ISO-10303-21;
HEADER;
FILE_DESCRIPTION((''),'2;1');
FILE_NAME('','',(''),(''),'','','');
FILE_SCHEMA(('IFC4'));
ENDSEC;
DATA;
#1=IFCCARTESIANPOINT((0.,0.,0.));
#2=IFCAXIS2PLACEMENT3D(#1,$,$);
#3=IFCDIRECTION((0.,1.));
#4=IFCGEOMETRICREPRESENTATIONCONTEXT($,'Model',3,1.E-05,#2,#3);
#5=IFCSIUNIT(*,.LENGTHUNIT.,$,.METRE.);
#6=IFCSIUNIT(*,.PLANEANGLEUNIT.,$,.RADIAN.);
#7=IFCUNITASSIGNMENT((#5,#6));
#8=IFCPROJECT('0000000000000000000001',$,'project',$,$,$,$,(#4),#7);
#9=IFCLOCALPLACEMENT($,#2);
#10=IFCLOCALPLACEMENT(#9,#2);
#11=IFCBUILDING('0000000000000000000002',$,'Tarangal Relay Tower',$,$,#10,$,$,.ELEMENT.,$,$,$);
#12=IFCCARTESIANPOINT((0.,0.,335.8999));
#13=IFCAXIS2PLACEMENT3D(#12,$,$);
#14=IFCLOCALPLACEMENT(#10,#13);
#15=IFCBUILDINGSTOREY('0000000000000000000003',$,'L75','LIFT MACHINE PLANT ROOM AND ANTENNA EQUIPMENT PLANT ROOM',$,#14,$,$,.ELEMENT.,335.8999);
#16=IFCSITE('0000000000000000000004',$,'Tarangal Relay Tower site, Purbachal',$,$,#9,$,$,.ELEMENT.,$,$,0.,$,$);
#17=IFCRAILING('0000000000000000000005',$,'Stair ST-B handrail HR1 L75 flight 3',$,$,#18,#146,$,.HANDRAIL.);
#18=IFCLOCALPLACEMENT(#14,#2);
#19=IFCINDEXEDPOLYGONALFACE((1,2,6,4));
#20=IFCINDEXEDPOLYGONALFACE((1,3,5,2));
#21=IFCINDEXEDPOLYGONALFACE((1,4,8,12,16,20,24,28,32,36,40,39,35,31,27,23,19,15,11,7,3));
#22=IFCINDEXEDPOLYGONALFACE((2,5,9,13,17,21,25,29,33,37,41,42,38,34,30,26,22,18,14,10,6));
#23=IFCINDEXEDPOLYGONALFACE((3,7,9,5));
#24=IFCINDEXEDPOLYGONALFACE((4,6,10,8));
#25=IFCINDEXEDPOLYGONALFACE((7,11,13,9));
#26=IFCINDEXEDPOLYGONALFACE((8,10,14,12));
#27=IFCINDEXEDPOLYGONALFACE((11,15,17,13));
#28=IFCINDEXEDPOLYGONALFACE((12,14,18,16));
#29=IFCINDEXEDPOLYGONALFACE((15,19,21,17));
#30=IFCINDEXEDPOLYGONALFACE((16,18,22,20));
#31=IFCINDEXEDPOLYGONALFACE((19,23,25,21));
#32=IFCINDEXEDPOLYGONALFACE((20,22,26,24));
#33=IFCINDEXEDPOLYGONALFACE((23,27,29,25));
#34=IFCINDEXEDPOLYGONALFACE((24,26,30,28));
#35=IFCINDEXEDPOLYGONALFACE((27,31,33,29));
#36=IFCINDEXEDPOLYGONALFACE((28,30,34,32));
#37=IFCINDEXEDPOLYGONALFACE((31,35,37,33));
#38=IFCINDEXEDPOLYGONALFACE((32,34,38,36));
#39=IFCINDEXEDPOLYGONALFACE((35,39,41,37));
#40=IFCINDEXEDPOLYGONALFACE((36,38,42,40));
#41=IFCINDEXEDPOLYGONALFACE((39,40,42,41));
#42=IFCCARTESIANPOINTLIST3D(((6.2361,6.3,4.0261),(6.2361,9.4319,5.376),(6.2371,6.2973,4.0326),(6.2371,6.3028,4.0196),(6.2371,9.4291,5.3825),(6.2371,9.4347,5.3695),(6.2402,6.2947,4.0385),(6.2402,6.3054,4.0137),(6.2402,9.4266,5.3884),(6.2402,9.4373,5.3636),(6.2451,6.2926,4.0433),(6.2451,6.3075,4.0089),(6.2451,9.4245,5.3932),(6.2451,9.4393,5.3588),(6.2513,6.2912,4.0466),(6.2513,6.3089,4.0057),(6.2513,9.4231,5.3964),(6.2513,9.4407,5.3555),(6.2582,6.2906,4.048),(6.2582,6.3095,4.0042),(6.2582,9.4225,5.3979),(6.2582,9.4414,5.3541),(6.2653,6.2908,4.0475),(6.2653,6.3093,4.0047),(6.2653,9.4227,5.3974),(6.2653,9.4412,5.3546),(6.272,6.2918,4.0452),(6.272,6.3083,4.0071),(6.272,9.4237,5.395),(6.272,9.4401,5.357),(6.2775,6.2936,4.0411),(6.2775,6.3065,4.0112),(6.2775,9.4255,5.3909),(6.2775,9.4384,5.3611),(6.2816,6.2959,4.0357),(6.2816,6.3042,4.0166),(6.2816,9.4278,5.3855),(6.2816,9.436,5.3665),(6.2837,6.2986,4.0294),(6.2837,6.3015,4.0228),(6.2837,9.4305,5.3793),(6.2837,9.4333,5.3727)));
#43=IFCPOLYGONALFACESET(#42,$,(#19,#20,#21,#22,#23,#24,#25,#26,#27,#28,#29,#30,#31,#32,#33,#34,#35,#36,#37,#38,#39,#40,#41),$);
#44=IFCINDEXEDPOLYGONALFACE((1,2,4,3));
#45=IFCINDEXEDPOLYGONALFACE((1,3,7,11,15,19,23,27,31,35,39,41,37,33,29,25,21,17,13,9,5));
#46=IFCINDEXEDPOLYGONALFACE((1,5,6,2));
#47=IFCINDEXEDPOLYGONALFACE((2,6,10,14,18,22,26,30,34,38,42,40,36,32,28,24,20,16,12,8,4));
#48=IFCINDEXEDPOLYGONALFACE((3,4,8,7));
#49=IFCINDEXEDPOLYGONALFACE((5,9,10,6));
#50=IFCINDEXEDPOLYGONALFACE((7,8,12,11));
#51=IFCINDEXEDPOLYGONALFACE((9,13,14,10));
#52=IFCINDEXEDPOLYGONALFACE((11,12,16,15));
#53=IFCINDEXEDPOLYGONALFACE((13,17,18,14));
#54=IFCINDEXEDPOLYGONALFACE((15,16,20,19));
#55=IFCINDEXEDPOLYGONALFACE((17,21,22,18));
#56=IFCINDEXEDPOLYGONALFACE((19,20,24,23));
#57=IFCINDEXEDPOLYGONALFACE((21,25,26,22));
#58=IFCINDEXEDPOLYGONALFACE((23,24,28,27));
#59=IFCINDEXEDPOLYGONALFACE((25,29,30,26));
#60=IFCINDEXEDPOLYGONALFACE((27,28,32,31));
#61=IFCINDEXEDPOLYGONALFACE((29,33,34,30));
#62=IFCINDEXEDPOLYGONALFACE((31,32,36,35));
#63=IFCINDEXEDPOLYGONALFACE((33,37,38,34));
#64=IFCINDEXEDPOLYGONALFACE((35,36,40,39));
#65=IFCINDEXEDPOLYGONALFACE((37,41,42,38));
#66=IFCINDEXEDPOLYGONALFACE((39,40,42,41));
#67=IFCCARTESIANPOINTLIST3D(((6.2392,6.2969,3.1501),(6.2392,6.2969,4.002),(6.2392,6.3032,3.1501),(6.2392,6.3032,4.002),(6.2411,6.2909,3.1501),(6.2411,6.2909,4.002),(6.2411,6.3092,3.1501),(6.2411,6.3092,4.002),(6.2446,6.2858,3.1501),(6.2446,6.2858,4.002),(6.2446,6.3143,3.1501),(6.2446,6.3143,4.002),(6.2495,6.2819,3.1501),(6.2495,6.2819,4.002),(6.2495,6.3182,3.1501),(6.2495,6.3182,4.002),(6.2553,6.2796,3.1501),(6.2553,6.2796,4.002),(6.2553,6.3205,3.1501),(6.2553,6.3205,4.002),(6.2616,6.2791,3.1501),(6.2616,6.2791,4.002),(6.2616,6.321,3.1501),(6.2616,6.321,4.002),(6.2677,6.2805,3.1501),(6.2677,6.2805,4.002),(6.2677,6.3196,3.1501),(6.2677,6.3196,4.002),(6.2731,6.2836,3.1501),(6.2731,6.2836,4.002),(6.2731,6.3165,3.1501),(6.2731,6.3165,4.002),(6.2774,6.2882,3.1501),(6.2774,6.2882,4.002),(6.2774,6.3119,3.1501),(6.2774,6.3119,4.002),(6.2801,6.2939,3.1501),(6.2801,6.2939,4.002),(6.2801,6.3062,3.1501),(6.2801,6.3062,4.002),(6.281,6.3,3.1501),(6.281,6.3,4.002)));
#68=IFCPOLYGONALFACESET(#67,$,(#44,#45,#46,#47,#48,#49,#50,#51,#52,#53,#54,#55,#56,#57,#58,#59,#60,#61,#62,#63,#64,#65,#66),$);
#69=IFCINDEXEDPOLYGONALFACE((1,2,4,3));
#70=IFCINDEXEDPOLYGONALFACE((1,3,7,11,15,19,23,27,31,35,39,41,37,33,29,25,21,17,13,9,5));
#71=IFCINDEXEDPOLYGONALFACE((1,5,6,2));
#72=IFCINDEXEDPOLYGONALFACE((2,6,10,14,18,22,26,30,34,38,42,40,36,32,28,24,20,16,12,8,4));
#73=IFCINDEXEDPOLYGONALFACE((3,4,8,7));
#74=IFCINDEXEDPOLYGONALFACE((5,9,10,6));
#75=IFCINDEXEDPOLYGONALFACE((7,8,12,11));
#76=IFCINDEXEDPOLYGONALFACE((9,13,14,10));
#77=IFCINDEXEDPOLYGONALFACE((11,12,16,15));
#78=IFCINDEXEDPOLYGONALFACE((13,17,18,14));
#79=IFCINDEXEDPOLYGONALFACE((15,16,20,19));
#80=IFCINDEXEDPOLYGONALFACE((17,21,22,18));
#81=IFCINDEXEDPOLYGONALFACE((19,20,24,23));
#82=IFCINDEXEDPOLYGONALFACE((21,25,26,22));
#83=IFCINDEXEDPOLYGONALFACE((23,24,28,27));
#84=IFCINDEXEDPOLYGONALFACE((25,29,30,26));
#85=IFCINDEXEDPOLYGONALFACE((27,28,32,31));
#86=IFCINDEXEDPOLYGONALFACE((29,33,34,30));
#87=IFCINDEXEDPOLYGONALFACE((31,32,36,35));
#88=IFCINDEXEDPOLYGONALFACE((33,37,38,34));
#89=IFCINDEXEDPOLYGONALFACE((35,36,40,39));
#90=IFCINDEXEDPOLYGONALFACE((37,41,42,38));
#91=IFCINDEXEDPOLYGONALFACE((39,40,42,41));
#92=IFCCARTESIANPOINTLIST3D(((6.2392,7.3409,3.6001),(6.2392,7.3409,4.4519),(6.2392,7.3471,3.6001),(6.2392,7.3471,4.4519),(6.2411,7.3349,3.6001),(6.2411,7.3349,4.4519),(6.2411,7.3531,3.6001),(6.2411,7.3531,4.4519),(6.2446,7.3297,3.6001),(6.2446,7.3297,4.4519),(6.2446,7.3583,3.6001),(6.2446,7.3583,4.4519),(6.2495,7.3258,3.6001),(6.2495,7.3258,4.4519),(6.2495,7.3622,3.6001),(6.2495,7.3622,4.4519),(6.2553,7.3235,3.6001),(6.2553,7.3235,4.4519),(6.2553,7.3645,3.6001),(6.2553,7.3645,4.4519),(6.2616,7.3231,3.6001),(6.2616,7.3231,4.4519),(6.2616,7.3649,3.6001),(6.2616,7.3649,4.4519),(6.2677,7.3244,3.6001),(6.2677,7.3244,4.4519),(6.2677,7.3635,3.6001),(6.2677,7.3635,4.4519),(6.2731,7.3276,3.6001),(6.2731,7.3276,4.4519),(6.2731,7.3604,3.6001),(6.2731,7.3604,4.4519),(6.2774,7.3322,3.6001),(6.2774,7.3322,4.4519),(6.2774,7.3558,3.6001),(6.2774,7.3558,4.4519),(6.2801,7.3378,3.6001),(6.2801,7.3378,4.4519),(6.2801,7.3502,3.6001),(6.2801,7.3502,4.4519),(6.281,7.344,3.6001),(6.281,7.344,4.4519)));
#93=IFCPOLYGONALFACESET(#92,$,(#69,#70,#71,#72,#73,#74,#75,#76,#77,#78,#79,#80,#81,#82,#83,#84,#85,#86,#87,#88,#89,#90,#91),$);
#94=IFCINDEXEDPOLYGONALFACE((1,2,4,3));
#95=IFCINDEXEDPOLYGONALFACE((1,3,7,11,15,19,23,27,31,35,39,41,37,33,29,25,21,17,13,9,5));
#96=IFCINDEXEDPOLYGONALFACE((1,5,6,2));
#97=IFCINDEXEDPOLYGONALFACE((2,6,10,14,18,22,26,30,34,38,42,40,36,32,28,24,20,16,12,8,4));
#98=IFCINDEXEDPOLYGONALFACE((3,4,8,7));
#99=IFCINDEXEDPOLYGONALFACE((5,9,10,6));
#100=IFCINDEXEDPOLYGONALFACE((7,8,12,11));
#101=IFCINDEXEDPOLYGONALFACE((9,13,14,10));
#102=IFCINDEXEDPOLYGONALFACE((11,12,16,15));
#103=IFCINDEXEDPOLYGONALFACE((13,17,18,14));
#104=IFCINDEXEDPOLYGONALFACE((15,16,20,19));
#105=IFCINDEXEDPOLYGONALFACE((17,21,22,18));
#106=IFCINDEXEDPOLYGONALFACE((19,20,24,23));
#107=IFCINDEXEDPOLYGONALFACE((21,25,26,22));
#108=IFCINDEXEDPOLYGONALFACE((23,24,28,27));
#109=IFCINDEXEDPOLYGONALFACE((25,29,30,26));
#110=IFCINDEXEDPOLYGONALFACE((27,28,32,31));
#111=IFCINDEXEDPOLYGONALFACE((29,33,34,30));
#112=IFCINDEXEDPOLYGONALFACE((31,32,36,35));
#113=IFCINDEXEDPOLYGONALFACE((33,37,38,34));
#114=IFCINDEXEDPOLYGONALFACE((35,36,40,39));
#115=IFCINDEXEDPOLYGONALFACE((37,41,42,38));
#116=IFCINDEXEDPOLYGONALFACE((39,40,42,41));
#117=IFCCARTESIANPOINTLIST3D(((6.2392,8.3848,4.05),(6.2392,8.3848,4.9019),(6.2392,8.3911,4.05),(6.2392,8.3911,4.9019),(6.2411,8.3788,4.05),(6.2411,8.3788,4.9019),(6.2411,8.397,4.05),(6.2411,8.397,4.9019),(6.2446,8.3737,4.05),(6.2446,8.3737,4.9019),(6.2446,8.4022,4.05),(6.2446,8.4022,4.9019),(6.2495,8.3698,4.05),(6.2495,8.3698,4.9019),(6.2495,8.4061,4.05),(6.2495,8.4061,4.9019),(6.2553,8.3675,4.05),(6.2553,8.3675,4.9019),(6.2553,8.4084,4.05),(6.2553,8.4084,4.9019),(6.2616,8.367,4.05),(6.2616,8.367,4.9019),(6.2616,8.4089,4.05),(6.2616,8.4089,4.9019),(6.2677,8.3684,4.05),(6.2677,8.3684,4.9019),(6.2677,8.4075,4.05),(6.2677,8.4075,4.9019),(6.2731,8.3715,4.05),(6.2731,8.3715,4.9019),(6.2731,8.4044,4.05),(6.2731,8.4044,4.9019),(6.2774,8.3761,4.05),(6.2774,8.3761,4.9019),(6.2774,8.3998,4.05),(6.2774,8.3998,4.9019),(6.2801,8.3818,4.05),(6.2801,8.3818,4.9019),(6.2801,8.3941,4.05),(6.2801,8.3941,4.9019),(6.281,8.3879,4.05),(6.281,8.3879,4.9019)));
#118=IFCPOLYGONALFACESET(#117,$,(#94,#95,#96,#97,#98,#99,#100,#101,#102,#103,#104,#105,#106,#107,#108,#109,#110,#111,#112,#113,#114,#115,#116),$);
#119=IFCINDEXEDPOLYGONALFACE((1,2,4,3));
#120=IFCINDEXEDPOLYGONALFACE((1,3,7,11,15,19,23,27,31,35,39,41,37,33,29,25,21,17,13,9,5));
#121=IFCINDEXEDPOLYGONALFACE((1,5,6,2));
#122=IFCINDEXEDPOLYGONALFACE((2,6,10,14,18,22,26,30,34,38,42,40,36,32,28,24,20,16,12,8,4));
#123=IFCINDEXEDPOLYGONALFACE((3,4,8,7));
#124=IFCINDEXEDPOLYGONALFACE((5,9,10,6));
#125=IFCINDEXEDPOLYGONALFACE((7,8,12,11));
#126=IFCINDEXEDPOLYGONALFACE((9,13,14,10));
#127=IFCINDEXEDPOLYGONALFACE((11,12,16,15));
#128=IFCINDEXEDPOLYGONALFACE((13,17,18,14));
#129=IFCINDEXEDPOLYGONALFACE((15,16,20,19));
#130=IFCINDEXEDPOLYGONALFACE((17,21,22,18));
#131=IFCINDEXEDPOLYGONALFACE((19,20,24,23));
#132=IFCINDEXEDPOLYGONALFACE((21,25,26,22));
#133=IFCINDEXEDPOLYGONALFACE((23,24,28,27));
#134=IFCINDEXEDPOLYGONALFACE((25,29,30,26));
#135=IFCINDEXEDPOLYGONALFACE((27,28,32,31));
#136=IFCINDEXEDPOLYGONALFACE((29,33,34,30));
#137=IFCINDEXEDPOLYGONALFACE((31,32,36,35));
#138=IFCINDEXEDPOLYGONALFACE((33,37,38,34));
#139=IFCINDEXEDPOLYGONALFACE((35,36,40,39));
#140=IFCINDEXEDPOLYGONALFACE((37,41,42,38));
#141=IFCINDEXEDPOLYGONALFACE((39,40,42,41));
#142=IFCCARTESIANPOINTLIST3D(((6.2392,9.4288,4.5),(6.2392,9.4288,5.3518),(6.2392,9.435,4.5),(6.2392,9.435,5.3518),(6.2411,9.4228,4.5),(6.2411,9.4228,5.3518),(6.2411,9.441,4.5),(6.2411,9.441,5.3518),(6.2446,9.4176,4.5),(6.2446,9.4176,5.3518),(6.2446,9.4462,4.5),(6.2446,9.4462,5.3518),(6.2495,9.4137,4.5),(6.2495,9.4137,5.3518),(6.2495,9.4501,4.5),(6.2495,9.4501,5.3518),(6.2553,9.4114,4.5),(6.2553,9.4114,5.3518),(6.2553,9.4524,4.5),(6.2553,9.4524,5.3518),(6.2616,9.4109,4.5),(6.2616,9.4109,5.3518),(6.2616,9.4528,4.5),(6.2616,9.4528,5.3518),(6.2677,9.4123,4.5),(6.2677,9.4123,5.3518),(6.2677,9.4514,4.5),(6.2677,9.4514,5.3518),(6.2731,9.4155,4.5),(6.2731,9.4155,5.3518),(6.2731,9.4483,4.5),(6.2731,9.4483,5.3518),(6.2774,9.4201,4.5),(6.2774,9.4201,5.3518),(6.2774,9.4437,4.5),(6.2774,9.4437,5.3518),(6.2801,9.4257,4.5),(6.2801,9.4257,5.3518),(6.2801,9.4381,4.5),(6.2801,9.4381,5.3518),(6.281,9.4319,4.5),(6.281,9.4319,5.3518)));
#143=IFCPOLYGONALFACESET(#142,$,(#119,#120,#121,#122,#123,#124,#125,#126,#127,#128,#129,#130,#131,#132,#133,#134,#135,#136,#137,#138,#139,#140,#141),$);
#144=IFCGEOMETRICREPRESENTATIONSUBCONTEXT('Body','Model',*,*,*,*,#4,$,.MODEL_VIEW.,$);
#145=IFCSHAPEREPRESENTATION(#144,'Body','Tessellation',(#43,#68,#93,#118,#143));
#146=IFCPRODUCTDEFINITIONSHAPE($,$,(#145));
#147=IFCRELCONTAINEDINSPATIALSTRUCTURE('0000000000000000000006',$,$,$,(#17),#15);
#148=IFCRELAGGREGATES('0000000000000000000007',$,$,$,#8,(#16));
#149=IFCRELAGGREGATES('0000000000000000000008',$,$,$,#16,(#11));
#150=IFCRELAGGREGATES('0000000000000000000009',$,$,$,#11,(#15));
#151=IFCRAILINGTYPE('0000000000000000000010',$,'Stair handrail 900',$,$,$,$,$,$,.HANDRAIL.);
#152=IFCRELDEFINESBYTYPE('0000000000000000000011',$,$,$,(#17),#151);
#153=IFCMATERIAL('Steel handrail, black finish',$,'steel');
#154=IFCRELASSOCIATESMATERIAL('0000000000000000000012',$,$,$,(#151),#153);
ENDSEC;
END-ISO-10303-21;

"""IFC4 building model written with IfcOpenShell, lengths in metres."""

from ifc_helpers import new_model, si_unit, direction, frame, origin, origin_2d, place, context, subcontext, project, spatial, circle, extrude, material, type_object, element, save


model = new_model("IFC4")

# Units and contexts
model_context = context("Model", 3, precision=1e-05, world=origin(), true_north=direction((0.0, 1.0)))
body_context = subcontext(model_context, "Body", "Model", "MODEL_VIEW")
ifc_project = project(units=[si_unit("LENGTHUNIT", "METRE"), si_unit("PLANEANGLEUNIT", "RADIAN")], contexts=[model_context])

# Site, building, storey
site_placement = place(None, origin())
site = spatial("IfcSite", under=ifc_project, at=site_placement, Name="Tarangal Relay Tower site, Purbachal", CompositionType="ELEMENT", RefElevation=0.0)
building_placement = place(site_placement, origin())
building = spatial("IfcBuilding", under=site, at=building_placement, Name="Tarangal Relay Tower", CompositionType="ELEMENT")
storey_placement = place(building_placement, frame((0.0, 0.0, 335.8999)))
storey = spatial("IfcBuildingStorey", under=building, at=storey_placement, Name="L75", Description="LIFT MACHINE PLANT ROOM AND ANTENNA EQUIPMENT PLANT ROOM", CompositionType="ELEMENT", Elevation=335.8999)

# Railing
ifc_material_1 = material(Name="Steel handrail, black finish", Category="steel")
railing_type_1 = type_object("IfcRailingType", Name="Stair handrail 900", PredefinedType="HANDRAIL", material=ifc_material_1)
for number, where, name in (
    (1, (6.26, 6.3, 3.1501), "Stair ST-B handrail HR1 L75 flight 3"),
):
    element("IfcRailing", number, at=place(storey_placement, frame(where)), inside=storey, type_object=railing_type_1, Name=name, PredefinedType="HANDRAIL", context=body_context, shape_type="SweptSolid", body=[
        extrude(circle(Radius=0.0239, at=origin_2d()), frame((0.0, 0.0, 0.876), z_axis=(0.0, 0.918332, 0.395811), x_axis=(-1.0, 0.0, 0.0)), (0.0, 0.0, 1.0), 3.4104),
        extrude(circle(Radius=0.021, at=origin_2d()), origin(), (0.0, 0.0, 1.0), 0.8518),
        extrude(circle(Radius=0.021, at=origin_2d()), frame((0.0, 1.0439, 0.45)), (0.0, 0.0, 1.0), 0.8518),
        extrude(circle(Radius=0.021, at=origin_2d()), frame((0.0, 2.0879, 0.8999)), (0.0, 0.0, 1.0), 0.8518),
        extrude(circle(Radius=0.021, at=origin_2d()), frame((0.0, 3.1318, 1.3499)), (0.0, 0.0, 1.0), 0.8518),
    ])

save(model, "model.ifc")
